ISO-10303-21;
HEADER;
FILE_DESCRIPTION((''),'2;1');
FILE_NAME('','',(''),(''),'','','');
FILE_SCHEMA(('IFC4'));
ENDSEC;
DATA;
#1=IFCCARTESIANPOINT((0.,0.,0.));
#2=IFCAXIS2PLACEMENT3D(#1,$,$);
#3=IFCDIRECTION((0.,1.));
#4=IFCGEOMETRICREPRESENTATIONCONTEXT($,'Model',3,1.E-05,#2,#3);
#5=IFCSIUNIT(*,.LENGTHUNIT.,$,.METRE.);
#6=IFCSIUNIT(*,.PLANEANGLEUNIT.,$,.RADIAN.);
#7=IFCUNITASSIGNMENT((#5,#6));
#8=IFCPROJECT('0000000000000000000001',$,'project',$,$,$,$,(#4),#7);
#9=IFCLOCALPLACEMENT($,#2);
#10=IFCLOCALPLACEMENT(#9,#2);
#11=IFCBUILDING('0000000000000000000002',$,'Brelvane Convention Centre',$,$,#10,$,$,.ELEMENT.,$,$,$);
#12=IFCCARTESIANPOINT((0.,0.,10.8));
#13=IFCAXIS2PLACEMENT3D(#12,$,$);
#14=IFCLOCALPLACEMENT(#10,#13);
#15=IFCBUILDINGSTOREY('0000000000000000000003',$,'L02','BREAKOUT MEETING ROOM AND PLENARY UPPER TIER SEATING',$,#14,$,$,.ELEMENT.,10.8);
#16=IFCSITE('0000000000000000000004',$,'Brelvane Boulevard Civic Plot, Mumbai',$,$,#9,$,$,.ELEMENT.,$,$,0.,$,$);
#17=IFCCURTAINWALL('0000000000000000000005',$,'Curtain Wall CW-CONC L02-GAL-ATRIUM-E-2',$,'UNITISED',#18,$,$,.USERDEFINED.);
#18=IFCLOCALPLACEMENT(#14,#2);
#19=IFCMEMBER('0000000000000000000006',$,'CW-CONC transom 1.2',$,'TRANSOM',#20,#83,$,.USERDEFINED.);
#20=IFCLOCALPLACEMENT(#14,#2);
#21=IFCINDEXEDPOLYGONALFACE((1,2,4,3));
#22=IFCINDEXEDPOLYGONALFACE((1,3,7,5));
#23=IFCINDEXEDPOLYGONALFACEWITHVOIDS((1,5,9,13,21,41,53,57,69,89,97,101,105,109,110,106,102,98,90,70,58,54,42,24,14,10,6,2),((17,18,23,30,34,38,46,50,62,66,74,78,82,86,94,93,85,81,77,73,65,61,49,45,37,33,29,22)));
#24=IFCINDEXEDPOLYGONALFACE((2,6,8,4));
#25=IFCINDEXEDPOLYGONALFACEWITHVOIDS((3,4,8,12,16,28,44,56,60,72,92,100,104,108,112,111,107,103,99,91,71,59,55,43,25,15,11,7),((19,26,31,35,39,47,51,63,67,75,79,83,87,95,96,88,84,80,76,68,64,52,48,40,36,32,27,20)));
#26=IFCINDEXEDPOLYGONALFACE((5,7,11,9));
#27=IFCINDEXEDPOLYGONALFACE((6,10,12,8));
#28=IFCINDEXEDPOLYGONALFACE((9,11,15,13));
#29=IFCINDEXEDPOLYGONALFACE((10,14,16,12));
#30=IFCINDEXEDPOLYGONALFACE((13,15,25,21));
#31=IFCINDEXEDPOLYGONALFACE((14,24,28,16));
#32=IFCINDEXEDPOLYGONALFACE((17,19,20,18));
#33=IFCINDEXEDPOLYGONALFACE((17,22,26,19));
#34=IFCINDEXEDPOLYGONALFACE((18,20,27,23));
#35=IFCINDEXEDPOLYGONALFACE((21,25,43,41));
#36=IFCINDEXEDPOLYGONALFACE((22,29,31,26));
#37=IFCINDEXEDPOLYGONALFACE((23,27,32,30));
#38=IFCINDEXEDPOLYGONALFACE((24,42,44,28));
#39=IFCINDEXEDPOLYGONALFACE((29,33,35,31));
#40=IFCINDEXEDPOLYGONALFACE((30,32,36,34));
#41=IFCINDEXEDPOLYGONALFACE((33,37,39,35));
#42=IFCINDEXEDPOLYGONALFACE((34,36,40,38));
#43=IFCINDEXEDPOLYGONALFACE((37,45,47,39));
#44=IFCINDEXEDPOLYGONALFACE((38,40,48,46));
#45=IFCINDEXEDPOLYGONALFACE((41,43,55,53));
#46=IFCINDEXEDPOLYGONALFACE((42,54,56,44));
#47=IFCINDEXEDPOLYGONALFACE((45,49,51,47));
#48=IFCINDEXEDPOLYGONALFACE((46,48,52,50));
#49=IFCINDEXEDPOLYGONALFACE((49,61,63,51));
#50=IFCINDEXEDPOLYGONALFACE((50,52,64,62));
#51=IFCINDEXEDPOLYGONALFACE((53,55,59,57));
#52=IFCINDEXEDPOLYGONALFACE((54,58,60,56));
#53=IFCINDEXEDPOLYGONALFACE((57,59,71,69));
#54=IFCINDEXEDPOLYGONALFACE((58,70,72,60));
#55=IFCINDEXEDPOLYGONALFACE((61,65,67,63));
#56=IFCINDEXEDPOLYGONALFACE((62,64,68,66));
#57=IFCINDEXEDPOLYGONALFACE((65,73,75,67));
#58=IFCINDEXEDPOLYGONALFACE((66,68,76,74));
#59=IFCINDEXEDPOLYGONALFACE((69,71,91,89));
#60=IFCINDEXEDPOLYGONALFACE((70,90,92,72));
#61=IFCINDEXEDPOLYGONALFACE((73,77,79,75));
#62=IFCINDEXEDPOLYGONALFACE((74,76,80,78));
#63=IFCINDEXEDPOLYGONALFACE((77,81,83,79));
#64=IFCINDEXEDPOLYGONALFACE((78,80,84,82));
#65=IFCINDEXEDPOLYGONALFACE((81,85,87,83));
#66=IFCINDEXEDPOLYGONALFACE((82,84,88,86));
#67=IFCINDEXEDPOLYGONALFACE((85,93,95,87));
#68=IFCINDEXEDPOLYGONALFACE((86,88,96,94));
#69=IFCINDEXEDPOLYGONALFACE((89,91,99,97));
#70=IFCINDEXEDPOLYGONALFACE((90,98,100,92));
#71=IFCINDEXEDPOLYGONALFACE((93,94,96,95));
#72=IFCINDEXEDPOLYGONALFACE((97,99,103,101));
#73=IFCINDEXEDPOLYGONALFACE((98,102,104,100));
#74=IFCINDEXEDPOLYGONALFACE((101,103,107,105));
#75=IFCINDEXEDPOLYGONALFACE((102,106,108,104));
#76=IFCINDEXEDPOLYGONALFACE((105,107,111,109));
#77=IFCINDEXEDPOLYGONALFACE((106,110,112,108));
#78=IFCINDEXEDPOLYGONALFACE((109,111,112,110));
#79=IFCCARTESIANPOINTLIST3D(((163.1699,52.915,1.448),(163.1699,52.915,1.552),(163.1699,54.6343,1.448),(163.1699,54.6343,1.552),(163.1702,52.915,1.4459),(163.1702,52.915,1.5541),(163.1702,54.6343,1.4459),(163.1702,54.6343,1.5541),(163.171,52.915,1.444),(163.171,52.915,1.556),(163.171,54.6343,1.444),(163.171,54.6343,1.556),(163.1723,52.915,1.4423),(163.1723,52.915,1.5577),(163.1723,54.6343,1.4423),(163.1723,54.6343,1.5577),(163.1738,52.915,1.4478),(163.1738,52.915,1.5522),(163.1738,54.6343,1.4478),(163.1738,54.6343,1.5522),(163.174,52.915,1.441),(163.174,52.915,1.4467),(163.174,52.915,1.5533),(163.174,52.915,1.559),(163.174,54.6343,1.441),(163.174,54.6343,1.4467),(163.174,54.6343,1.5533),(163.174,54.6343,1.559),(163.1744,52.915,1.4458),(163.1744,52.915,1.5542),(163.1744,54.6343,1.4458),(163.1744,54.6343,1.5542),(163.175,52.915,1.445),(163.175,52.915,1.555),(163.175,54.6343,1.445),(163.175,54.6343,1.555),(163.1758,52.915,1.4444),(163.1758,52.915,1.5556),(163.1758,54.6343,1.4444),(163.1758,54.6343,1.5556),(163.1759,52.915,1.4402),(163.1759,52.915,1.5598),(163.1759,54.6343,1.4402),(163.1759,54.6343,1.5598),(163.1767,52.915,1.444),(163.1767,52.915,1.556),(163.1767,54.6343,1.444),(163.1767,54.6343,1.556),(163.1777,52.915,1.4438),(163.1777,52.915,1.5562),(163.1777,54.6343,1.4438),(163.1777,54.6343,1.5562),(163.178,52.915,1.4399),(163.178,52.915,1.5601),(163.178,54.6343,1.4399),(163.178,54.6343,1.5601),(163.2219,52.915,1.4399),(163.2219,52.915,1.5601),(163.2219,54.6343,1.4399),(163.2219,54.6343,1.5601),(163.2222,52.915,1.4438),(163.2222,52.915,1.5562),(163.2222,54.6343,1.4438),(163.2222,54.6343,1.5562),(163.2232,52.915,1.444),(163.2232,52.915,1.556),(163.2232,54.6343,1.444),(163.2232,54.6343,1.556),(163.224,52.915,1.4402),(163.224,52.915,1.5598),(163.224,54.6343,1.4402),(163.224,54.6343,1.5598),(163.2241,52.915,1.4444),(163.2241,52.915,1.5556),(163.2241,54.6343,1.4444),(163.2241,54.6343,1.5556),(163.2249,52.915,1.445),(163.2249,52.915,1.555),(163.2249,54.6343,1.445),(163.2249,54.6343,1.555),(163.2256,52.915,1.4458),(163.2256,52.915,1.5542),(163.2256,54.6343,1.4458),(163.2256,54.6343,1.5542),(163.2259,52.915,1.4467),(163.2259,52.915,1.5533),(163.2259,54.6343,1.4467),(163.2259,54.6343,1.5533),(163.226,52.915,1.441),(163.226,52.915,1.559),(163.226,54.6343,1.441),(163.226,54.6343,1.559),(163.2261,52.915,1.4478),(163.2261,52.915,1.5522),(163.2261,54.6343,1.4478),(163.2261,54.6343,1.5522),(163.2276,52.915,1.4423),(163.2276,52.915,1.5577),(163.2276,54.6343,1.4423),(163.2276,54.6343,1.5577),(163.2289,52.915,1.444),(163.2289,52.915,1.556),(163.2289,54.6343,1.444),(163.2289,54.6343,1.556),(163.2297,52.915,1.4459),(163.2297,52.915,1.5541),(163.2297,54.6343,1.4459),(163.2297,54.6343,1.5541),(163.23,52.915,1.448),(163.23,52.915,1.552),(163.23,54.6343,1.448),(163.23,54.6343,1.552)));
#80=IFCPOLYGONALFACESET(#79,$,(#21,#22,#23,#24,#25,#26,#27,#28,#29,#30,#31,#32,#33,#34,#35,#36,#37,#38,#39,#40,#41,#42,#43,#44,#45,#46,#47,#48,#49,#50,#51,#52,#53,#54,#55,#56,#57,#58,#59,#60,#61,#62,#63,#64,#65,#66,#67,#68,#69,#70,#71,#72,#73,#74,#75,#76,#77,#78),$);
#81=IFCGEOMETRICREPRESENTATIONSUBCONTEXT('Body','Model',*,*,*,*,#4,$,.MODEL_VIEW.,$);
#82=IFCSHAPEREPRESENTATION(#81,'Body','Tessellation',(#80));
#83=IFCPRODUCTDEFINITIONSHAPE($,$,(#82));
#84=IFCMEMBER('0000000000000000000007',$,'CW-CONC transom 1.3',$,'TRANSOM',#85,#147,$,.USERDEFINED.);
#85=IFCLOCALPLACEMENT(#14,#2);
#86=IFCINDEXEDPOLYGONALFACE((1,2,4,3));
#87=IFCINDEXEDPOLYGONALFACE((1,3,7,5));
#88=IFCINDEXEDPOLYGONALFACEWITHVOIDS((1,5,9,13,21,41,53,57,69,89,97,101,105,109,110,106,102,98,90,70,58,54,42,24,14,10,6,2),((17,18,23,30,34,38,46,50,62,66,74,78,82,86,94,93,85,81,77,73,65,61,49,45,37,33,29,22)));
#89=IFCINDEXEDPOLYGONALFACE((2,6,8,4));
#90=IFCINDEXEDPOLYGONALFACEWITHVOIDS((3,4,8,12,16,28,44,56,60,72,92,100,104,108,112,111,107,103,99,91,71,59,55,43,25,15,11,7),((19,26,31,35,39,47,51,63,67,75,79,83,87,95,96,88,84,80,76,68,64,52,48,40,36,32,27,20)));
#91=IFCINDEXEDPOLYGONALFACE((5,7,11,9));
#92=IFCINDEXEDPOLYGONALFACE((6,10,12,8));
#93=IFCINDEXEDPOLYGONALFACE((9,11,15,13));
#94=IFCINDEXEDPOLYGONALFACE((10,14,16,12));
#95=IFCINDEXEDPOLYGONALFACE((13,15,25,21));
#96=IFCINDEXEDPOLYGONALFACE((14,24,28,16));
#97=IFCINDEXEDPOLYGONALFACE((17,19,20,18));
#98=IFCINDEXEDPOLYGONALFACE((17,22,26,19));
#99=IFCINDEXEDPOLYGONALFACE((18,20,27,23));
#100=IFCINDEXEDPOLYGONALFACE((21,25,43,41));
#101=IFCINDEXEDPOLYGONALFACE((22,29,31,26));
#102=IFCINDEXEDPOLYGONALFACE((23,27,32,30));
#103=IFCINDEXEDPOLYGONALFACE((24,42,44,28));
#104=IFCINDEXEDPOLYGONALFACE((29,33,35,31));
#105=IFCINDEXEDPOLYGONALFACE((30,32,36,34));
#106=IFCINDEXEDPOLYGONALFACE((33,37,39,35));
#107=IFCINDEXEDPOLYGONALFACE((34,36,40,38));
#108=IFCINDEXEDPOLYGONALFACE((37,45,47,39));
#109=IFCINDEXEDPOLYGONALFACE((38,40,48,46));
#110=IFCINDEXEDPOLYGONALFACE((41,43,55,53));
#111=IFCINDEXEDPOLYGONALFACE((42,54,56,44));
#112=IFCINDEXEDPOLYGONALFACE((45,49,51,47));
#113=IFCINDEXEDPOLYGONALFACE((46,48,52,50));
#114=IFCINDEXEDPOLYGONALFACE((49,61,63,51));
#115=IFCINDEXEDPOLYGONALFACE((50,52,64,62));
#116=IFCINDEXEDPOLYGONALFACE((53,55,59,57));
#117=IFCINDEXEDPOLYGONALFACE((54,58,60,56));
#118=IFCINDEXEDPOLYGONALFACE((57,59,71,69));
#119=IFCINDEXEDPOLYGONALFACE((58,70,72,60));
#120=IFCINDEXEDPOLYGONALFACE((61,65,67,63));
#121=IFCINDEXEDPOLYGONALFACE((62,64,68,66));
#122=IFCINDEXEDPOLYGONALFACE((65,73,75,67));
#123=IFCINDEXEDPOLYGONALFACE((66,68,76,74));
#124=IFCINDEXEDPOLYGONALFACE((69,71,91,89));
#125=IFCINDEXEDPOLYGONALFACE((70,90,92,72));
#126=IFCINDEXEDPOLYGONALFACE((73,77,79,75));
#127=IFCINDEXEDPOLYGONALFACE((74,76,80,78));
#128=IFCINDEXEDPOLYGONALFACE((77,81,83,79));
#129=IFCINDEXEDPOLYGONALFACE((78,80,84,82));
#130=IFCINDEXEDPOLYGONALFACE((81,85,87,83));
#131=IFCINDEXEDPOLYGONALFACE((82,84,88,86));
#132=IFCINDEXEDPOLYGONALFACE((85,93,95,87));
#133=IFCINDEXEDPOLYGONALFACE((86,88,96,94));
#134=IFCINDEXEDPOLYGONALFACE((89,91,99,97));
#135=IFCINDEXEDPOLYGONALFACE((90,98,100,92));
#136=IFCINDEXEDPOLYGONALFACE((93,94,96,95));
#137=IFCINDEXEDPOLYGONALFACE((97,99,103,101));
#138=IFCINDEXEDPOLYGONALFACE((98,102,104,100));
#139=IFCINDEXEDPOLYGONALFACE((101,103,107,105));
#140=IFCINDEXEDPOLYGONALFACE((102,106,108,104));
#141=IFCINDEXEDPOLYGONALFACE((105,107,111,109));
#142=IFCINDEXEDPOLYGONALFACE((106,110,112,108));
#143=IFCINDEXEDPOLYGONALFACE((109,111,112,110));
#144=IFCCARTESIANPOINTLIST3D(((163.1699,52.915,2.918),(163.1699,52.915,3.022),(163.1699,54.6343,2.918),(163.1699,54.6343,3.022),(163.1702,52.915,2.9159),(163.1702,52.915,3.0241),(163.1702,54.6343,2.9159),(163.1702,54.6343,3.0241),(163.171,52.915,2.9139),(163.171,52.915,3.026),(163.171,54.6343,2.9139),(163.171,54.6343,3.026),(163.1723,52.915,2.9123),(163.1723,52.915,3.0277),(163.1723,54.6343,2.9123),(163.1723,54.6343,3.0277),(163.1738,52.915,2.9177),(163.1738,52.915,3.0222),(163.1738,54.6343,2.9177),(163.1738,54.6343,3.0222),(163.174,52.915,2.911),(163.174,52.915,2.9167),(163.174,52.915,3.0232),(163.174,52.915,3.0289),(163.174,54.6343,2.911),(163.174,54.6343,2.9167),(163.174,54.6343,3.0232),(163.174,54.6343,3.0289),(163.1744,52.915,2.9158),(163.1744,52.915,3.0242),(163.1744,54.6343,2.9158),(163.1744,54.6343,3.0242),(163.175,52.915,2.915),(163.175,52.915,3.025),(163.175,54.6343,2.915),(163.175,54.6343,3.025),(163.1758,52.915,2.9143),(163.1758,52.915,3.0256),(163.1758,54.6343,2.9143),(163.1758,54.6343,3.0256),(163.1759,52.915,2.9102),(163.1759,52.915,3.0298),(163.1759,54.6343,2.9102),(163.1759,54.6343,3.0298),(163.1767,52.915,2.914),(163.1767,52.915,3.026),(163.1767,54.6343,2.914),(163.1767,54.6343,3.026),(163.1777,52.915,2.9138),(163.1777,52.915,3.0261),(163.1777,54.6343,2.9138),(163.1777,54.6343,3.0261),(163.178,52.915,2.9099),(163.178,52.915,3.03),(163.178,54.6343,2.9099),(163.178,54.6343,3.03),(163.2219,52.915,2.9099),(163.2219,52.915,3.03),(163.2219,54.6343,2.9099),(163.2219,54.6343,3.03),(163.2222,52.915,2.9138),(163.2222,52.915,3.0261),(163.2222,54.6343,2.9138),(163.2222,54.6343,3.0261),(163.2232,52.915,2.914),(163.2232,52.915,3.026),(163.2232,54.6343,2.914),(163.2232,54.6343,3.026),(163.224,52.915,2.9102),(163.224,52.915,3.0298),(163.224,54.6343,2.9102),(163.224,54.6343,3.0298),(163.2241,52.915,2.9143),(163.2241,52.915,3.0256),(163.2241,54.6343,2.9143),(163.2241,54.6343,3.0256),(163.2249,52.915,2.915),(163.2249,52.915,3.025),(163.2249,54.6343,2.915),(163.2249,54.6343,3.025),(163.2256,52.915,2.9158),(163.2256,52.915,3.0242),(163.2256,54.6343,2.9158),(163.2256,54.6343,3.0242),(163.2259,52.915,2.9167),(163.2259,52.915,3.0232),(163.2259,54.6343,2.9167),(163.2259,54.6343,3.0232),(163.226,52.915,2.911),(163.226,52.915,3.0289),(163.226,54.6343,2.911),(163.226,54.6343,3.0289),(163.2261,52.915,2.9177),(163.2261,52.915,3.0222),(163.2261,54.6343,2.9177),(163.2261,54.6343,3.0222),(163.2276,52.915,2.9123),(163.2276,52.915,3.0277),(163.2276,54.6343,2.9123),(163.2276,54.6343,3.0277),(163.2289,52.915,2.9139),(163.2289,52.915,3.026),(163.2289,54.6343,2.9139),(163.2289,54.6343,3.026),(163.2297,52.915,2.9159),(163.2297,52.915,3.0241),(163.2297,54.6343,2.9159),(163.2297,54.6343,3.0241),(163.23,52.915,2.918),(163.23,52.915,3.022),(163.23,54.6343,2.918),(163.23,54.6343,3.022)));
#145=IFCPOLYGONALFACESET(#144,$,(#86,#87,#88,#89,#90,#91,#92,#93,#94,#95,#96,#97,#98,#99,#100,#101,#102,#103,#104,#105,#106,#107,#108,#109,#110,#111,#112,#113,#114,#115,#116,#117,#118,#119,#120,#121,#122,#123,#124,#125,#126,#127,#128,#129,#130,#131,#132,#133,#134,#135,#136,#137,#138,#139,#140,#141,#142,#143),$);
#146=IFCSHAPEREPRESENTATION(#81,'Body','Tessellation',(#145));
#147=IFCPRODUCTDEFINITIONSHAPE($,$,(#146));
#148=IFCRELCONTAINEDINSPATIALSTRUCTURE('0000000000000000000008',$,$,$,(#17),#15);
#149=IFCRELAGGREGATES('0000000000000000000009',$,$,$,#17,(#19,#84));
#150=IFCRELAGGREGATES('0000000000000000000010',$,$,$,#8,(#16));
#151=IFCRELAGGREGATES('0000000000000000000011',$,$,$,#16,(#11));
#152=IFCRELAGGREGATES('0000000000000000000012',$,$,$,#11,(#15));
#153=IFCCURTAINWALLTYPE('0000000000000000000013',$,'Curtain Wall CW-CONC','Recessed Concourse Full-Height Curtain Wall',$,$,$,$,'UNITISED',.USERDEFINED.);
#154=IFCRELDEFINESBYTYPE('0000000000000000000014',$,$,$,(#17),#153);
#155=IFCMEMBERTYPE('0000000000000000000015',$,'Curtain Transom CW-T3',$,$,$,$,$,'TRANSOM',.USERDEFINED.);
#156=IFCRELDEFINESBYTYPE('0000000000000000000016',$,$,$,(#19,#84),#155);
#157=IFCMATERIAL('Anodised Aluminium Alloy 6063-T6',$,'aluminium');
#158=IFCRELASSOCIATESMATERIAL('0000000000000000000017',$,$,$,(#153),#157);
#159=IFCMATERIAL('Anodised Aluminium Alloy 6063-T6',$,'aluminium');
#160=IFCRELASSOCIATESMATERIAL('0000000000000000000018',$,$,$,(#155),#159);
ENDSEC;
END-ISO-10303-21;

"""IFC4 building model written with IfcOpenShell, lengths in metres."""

from ifc_helpers import new_model, si_unit, direction, frame, origin, origin_2d, place, context, subcontext, project, spatial, hollow_rectangle, extrude, material, material_profile, profile_set, type_object, element, aggregate, save


model = new_model("IFC4")

# Units and contexts
model_context = context("Model", 3, precision=1e-05, world=origin(), true_north=direction((0.0, 1.0)))
body_context = subcontext(model_context, "Body", "Model", "MODEL_VIEW")
ifc_project = project(units=[si_unit("LENGTHUNIT", "METRE"), si_unit("PLANEANGLEUNIT", "RADIAN")], contexts=[model_context])

# Site, building, storey
site_placement = place(None, origin())
site = spatial("IfcSite", under=ifc_project, at=site_placement, Name="Brelvane Boulevard Civic Plot, Mumbai", CompositionType="ELEMENT", RefElevation=0.0)
building_placement = place(site_placement, origin())
building = spatial("IfcBuilding", under=site, at=building_placement, Name="Brelvane Convention Centre", CompositionType="ELEMENT")
storey_placement = place(building_placement, frame((0.0, 0.0, 10.8)))
storey = spatial("IfcBuildingStorey", under=building, at=storey_placement, Name="L02", Description="BREAKOUT MEETING ROOM AND PLENARY UPPER TIER SEATING", CompositionType="ELEMENT", Elevation=10.8)

# Curtain wall
ifc_material_1 = material(Name="Anodised Aluminium Alloy 6063-T6", Category="aluminium")
curtain_wall_type = type_object("IfcCurtainWallType", Name="Curtain Wall CW-CONC", Description="Recessed Concourse Full-Height Curtain Wall", ElementType="UNITISED", PredefinedType="USERDEFINED", material=ifc_material_1)
curtain_wall_1_placement = place(storey_placement, origin())
curtain_wall_1 = element("IfcCurtainWall", 1, at=curtain_wall_1_placement, inside=storey, type_object=curtain_wall_type, Name="Curtain Wall CW-CONC L02-GAL-ATRIUM-E-2", ObjectType="UNITISED", PredefinedType="USERDEFINED")

# Members
ifc_material_2 = material(Name="Anodised Aluminium Alloy 6063-T6", Category="aluminium")
ifc_material_profile_1 = material_profile(ifc_material_2, hollow_rectangle(XDim=0.0601, YDim=0.1201, WallThickness=0.0039, InnerFilletRadius=0.0039, OuterFilletRadius=0.0081, at=origin_2d()), Name="ALU-T 120x60x4.0")
ifc_profile_set_1 = profile_set([ifc_material_profile_1], Name="Anodised Aluminium Alloy 6063-T6")
member_type_1 = type_object("IfcMemberType", Name="Curtain Transom CW-T3", ElementType="TRANSOM", PredefinedType="USERDEFINED", material=ifc_profile_set_1)
member_1_placement = place(storey_placement, frame((163.2, 52.915, 1.5), z_axis=(0.0, 1.0, 0.0), x_axis=(-1.0, 0.0, 0.0)))
member_1 = element("IfcMember", 2, at=member_1_placement, type_object=member_type_1, Name="CW-CONC transom 1.2", ObjectType="TRANSOM", PredefinedType="USERDEFINED", context=body_context, shape_type="SweptSolid", body=[
    extrude(hollow_rectangle(XDim=0.0601, YDim=0.1201, WallThickness=0.0039, InnerFilletRadius=0.0039, OuterFilletRadius=0.0081, at=origin_2d()), origin(), (0.0, 0.0, 1.0), 1.7192),
])
member_2_placement = place(storey_placement, frame((163.2, 52.915, 2.97), z_axis=(0.0, 1.0, 0.0), x_axis=(-1.0, 0.0, 0.0)))
member_2 = element("IfcMember", 3, at=member_2_placement, type_object=member_type_1, Name="CW-CONC transom 1.3", ObjectType="TRANSOM", PredefinedType="USERDEFINED", context=body_context, shape_type="SweptSolid", body=[
    extrude(hollow_rectangle(XDim=0.0601, YDim=0.1201, WallThickness=0.0039, InnerFilletRadius=0.0039, OuterFilletRadius=0.0081, at=origin_2d()), origin(), (0.0, 0.0, 1.0), 1.7192),
])

aggregate(curtain_wall_1, [member_1, member_2])

save(model, "model.ifc")
